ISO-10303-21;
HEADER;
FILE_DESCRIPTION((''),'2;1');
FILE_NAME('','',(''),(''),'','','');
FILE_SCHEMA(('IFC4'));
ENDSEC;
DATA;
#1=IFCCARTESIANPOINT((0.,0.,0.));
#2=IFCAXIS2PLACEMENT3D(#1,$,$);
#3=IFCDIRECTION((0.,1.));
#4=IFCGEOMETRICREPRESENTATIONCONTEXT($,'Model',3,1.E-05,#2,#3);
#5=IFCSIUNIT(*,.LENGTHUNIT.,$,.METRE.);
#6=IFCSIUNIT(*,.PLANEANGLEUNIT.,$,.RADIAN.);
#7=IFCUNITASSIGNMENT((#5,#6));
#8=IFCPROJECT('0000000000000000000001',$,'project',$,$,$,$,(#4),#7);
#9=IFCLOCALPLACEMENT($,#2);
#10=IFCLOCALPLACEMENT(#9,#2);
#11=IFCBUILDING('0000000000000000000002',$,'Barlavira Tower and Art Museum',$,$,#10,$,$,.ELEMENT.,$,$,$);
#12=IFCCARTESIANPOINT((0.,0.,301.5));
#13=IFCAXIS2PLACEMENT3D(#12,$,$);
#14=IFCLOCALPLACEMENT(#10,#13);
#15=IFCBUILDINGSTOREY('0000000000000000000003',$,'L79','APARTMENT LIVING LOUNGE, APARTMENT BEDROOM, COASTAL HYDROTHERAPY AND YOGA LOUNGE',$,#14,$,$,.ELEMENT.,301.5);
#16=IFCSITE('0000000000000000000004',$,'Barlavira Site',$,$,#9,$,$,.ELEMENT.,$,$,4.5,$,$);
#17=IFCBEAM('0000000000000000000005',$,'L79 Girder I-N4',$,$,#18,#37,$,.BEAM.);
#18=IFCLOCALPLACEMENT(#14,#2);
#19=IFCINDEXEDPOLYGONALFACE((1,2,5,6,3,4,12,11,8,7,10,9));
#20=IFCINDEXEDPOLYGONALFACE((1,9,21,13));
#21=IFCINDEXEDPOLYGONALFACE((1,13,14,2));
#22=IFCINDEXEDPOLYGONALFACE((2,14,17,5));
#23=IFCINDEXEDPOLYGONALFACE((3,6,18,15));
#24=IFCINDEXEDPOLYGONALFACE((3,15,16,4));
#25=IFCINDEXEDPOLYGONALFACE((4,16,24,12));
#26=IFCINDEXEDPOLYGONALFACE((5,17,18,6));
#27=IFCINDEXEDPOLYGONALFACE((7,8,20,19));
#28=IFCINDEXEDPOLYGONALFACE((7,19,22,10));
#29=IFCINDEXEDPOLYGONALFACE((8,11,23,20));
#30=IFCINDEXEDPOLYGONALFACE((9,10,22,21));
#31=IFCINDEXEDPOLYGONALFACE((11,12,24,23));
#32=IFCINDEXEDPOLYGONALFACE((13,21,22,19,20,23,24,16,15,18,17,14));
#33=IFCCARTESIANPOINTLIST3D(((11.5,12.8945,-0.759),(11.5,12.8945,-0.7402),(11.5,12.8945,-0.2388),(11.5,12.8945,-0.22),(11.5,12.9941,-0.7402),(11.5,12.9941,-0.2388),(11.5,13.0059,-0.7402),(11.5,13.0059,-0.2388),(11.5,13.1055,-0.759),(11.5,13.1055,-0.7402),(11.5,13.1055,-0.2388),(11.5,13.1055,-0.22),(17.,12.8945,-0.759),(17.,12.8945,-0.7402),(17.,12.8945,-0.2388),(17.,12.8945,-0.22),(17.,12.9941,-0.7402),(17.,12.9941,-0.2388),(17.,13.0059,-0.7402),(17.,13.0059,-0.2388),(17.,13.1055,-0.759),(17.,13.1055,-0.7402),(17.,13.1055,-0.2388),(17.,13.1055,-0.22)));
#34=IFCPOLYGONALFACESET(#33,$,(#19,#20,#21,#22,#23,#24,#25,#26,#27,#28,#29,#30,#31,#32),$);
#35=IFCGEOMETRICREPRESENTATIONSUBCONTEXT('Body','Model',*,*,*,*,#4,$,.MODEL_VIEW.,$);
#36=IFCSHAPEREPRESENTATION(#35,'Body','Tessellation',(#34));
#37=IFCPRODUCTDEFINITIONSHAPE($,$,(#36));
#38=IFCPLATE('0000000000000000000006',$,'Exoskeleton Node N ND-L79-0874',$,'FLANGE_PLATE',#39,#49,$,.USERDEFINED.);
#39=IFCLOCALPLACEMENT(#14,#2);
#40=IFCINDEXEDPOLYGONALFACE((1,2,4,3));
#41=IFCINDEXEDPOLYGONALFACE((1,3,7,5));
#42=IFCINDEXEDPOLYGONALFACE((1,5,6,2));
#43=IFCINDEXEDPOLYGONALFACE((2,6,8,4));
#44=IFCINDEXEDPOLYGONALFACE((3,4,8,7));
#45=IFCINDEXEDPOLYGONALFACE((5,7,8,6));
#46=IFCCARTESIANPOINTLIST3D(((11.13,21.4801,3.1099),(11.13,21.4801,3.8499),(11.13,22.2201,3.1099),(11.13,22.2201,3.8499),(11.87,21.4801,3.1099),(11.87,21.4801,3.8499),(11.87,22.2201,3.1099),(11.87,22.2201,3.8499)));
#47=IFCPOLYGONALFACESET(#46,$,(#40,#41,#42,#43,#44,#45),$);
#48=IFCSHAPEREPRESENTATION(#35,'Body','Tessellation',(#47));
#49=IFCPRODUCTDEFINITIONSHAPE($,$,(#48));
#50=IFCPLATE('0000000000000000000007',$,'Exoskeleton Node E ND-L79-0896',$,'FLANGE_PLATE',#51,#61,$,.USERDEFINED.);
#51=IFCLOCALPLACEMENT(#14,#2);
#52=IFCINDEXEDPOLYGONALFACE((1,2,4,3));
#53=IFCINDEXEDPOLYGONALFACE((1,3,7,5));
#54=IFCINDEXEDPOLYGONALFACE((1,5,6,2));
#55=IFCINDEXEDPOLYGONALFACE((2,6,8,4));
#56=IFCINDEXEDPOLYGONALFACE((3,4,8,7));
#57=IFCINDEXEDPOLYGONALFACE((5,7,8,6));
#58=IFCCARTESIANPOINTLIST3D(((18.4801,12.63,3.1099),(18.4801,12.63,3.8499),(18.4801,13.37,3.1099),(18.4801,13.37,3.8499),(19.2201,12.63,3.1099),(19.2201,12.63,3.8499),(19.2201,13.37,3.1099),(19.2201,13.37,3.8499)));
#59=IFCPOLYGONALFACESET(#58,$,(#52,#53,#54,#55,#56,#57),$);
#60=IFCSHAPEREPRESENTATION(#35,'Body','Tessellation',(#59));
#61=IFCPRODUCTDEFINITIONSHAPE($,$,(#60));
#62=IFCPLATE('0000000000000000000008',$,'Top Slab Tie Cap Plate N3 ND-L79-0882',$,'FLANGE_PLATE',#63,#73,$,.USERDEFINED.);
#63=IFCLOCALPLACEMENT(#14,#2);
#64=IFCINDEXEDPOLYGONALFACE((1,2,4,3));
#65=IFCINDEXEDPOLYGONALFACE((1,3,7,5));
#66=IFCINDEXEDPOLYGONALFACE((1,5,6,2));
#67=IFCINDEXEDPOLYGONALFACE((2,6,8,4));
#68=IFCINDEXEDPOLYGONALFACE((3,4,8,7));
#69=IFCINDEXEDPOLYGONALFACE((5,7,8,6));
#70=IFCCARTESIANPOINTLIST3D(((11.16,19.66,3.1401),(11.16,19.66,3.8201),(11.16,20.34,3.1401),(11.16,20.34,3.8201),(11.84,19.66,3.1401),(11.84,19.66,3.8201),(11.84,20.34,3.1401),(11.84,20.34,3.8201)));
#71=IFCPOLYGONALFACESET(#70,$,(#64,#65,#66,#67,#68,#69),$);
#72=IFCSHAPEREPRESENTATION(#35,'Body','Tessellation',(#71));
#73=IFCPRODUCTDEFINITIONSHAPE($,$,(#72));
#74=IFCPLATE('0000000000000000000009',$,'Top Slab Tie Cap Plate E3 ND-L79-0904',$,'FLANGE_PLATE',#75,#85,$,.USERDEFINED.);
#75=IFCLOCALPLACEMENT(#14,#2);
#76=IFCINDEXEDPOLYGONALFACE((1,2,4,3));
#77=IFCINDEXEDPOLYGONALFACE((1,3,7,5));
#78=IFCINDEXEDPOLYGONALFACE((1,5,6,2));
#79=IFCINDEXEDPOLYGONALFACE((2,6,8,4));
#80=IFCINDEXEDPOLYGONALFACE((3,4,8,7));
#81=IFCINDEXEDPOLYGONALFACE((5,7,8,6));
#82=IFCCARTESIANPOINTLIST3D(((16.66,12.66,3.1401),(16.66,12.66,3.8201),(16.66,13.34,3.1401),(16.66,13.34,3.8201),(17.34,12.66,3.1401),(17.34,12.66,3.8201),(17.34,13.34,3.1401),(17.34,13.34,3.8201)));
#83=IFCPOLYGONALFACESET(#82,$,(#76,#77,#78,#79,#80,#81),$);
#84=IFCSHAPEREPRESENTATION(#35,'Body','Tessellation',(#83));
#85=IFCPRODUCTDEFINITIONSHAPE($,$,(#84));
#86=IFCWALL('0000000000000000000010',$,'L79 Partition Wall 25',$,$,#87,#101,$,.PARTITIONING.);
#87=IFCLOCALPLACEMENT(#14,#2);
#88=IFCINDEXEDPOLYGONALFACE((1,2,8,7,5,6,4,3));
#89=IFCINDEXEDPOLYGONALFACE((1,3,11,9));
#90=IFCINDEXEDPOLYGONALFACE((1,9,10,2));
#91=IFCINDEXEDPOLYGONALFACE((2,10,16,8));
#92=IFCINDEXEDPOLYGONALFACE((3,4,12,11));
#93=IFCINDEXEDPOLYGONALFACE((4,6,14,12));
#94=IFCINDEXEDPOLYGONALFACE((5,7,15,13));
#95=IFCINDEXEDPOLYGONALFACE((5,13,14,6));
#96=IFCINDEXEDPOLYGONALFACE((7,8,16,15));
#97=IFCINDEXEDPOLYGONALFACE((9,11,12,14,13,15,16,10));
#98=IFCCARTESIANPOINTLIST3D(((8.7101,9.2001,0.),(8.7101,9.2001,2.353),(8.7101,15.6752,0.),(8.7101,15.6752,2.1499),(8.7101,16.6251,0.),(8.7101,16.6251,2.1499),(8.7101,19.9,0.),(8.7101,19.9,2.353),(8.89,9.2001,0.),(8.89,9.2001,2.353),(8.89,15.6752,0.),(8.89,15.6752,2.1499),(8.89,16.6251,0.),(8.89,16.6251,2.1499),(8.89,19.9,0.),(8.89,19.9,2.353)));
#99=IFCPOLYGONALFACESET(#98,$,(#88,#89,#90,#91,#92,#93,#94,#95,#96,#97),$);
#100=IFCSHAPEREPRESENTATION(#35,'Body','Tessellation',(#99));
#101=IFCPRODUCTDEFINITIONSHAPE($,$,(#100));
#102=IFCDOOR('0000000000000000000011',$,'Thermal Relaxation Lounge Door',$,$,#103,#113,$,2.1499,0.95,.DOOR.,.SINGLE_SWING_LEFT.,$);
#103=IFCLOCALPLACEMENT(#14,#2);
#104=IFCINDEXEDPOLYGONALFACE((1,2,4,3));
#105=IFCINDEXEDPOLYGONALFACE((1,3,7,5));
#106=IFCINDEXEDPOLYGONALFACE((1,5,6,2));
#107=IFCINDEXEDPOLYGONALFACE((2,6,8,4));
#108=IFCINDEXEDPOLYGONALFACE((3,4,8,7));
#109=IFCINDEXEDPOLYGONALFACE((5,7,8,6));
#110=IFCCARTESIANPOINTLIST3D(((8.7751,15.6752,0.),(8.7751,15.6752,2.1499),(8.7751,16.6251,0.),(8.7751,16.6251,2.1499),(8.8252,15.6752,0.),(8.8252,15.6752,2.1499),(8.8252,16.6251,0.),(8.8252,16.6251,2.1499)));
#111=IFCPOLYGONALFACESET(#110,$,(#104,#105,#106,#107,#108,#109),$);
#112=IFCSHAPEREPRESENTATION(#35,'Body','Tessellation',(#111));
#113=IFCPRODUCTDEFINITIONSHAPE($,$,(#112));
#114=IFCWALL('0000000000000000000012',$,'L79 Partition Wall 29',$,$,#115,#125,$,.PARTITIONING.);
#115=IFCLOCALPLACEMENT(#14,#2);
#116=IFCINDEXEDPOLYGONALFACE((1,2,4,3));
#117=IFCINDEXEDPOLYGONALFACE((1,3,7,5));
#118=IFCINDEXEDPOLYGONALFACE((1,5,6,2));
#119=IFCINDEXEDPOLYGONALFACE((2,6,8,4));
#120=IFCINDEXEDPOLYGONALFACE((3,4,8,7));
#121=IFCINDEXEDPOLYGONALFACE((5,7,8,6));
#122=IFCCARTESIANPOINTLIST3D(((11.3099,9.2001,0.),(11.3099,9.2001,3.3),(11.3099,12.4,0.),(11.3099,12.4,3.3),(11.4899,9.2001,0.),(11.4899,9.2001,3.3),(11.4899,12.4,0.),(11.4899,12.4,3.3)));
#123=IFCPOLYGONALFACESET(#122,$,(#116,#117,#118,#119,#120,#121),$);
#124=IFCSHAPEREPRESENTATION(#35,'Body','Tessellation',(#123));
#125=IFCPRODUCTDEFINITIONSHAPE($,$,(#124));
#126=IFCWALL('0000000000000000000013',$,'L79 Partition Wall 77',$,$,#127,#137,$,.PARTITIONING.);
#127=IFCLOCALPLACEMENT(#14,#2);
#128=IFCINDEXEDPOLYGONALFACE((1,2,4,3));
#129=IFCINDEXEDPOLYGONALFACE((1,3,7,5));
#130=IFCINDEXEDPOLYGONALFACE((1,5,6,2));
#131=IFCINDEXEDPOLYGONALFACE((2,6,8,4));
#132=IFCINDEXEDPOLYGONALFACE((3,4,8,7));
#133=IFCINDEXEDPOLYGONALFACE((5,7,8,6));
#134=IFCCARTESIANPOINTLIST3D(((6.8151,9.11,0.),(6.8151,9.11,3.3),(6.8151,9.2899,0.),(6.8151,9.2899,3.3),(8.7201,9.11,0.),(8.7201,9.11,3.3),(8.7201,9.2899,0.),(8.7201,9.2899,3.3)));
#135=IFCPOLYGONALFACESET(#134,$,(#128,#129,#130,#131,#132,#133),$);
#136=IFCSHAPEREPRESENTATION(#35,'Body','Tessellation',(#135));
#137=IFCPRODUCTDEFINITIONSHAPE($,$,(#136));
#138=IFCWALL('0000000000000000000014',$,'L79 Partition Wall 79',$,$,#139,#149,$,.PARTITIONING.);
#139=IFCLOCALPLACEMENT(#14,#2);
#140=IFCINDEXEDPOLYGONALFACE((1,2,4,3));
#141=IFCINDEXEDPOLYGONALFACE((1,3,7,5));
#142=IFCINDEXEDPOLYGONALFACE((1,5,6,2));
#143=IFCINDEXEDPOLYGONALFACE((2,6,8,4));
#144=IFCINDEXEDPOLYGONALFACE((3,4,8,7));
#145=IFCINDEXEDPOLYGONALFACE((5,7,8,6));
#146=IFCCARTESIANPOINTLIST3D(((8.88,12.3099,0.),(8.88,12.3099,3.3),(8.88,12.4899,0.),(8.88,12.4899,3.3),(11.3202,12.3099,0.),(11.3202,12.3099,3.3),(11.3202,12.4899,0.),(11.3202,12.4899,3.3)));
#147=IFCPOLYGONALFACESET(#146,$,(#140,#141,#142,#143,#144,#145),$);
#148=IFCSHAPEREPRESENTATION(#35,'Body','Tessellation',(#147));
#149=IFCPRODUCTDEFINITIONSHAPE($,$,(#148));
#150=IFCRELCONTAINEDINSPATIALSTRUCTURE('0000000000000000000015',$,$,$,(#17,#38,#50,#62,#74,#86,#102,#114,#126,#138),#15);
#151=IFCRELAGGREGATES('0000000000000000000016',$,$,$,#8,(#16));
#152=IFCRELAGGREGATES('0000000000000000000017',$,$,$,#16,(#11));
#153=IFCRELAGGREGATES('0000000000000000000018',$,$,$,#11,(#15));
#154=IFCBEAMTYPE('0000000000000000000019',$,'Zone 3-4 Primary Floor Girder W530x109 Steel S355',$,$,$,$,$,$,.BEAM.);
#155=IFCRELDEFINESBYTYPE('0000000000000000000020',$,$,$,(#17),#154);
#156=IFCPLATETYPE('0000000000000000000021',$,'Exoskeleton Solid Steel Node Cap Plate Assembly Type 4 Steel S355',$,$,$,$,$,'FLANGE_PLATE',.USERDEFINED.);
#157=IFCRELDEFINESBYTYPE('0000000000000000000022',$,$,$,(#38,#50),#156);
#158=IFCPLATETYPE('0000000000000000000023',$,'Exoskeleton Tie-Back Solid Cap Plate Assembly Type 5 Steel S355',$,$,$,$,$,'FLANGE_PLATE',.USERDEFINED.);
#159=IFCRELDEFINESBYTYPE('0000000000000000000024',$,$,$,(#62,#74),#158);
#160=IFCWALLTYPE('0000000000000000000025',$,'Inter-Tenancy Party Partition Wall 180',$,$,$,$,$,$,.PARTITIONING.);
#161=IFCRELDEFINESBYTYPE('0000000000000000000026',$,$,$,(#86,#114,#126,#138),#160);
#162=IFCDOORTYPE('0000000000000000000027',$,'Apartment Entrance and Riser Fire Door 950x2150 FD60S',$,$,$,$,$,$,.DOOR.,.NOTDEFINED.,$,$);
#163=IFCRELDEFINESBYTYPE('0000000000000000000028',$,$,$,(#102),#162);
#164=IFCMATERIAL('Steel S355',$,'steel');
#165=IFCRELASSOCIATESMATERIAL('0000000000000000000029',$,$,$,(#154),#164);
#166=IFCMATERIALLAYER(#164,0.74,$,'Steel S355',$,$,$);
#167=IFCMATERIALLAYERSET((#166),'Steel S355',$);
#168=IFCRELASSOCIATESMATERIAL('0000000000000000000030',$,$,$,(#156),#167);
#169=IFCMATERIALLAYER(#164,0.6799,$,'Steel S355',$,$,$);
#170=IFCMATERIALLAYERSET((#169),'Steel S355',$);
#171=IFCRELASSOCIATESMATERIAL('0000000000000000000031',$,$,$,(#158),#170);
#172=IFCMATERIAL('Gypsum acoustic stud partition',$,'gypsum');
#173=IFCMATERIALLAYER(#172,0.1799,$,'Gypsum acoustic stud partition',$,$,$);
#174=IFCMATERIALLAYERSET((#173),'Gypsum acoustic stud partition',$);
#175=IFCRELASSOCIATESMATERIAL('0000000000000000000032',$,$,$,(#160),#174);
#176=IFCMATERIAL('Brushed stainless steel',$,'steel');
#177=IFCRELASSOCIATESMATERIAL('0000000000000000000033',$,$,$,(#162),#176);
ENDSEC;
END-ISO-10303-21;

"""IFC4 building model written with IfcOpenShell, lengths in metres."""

from ifc_helpers import new_model, si_unit, direction, frame, frame_2d, origin, origin_2d, place, context, subcontext, project, spatial, rectangle, i_section, extrude, material, layer, layer_set, material_profile, profile_set, type_object, element, fill, save


model = new_model("IFC4")

# Units and contexts
model_context = context("Model", 3, precision=1e-05, world=origin(), true_north=direction((0.0, 1.0)))
body_context = subcontext(model_context, "Body", "Model", "MODEL_VIEW")
ifc_project = project(units=[si_unit("LENGTHUNIT", "METRE"), si_unit("PLANEANGLEUNIT", "RADIAN")], contexts=[model_context])

# Site, building, storey
site_placement = place(None, origin())
site = spatial("IfcSite", under=ifc_project, at=site_placement, Name="Barlavira Site", CompositionType="ELEMENT", RefElevation=4.5)
building_placement = place(site_placement, origin())
building = spatial("IfcBuilding", under=site, at=building_placement, Name="Barlavira Tower and Art Museum", CompositionType="ELEMENT")
storey_placement = place(building_placement, frame((0.0, 0.0, 301.5)))
storey = spatial("IfcBuildingStorey", under=building, at=storey_placement, Name="L79", Description="APARTMENT LIVING LOUNGE, APARTMENT BEDROOM, COASTAL HYDROTHERAPY AND YOGA LOUNGE", CompositionType="ELEMENT", Elevation=301.5)

# Shared definitions
ifc_material_1 = material(Name="Steel S355", Category="steel")

# Beam
ifc_material_profile_1 = material_profile(ifc_material_1, i_section(OverallWidth=0.2109, OverallDepth=0.5391, WebThickness=0.0117, FlangeThickness=0.0188, at=origin_2d()), Name="W530x109.0")
ifc_profile_set_1 = profile_set([ifc_material_profile_1], Name="Steel S355")
beam_type_1 = type_object("IfcBeamType", Name="Zone 3-4 Primary Floor Girder W530x109 Steel S355", PredefinedType="BEAM", material=ifc_profile_set_1)
beam_1_placement = place(storey_placement, frame((11.5, 13.0, -0.4895), z_axis=(1.0, 0.0, 0.0), x_axis=(0.0, 1.0, 0.0)))
element("IfcBeam", 1, at=beam_1_placement, inside=storey, type_object=beam_type_1, Name="L79 Girder I-N4", PredefinedType="BEAM", context=body_context, shape_type="SweptSolid", body=[
    extrude(i_section(OverallWidth=0.2109, OverallDepth=0.5391, WebThickness=0.0117, FlangeThickness=0.0188, at=origin_2d()), origin(), (0.0, 0.0, 1.0), 5.5),
])

# Plates
ifc_layer_1 = layer(ifc_material_1, 0.74, Name="Steel S355")
ifc_layer_set_1 = layer_set([ifc_layer_1], Name="Steel S355")
plate_type_1 = type_object("IfcPlateType", Name="Exoskeleton Solid Steel Node Cap Plate Assembly Type 4 Steel S355", ElementType="FLANGE_PLATE", PredefinedType="USERDEFINED", material=ifc_layer_set_1)
for number, where, z_axis, x_axis, name in (
    (2, (11.5, 21.8501, 3.1099), (0.0, 0.0, 1.0), (1.0, 0.0, 0.0), "Exoskeleton Node N ND-L79-0874"),
    (3, (18.8501, 13.0, 3.1099), (0.0, 0.0, 1.0), (1.0, 0.0, 0.0), "Exoskeleton Node E ND-L79-0896"),
):
    element("IfcPlate", number, at=place(storey_placement, frame(where, z_axis=z_axis, x_axis=x_axis)), inside=storey, type_object=plate_type_1, Name=name, ObjectType="FLANGE_PLATE", PredefinedType="USERDEFINED", context=body_context, shape_type="SweptSolid", body=[
        extrude(rectangle(XDim=0.74, YDim=0.74, at=origin_2d()), origin(), (0.0, 0.0, 1.0), 0.74),
    ])
ifc_layer_2 = layer(ifc_material_1, 0.6799, Name="Steel S355")
ifc_layer_set_2 = layer_set([ifc_layer_2], Name="Steel S355")
plate_type_2 = type_object("IfcPlateType", Name="Exoskeleton Tie-Back Solid Cap Plate Assembly Type 5 Steel S355", ElementType="FLANGE_PLATE", PredefinedType="USERDEFINED", material=ifc_layer_set_2)
for number, where, z_axis, x_axis, name in (
    (4, (11.5, 20.0, 3.1401), (0.0, 0.0, 1.0), (1.0, 0.0, 0.0), "Top Slab Tie Cap Plate N3 ND-L79-0882"),
    (5, (17.0, 13.0, 3.1401), (0.0, 0.0, 1.0), (1.0, 0.0, 0.0), "Top Slab Tie Cap Plate E3 ND-L79-0904"),
):
    element("IfcPlate", number, at=place(storey_placement, frame(where, z_axis=z_axis, x_axis=x_axis)), inside=storey, type_object=plate_type_2, Name=name, ObjectType="FLANGE_PLATE", PredefinedType="USERDEFINED", context=body_context, shape_type="SweptSolid", body=[
        extrude(rectangle(XDim=0.6799, YDim=0.6799, at=origin_2d()), origin(), (0.0, 0.0, 1.0), 0.6799),
    ])

# Wall, opening, door
ifc_material_2 = material(Name="Gypsum acoustic stud partition", Category="gypsum")
ifc_layer_3 = layer(ifc_material_2, 0.1799, Name="Gypsum acoustic stud partition")
ifc_layer_set_3 = layer_set([ifc_layer_3], Name="Gypsum acoustic stud partition")
wall_type_1 = type_object("IfcWallType", Name="Inter-Tenancy Party Partition Wall 180", PredefinedType="PARTITIONING", material=ifc_layer_set_3)
wall_1_placement = place(storey_placement, frame((8.8, 9.2, 0.0), z_axis=(0.0, 0.0, 1.0), x_axis=(0.0, 1.0, 0.0)))
wall_1 = element("IfcWall", 6, at=wall_1_placement, inside=storey, type_object=wall_type_1, Name="L79 Partition Wall 25", PredefinedType="PARTITIONING", context=body_context, shape_type="SweptSolid", body=[
    extrude(rectangle(XDim=10.7, YDim=0.1799, at=frame_2d((5.3501, 0.0))), origin(), (0.0, 0.0, 1.0), 2.353),
])
opening_1_placement = place(wall_1_placement, frame((6.4751, 0.0, 0.0)))
opening_1 = element("IfcOpeningElement", 7, at=opening_1_placement, cuts=wall_1, PredefinedType="OPENING", context=body_context, shape_type="SweptSolid", body=[
    extrude(rectangle(XDim=0.95, YDim=2.1499, at=frame_2d((0.4751, 1.075))), frame((0.0, 0.1001, 0.0), z_axis=(0.0, -1.0, 0.0), x_axis=(1.0, 0.0, 0.0)), (0.0, 0.0, 1.0), 0.2),
])
ifc_material_3 = material(Name="Brushed stainless steel", Category="steel")
door_type = type_object("IfcDoorType", Name="Apartment Entrance and Riser Fire Door 950x2150 FD60S", OperationType="NOTDEFINED", PredefinedType="DOOR", material=ifc_material_3)
door_1_placement = place(opening_1_placement, origin())
door_1 = element("IfcDoor", 8, at=door_1_placement, inside=storey, type_object=door_type, Name="Thermal Relaxation Lounge Door", OperationType="SINGLE_SWING_LEFT", OverallHeight=2.1499, OverallWidth=0.95, PredefinedType="DOOR", context=body_context, shape_type="SweptSolid", body=[
    extrude(rectangle(XDim=0.95, YDim=2.1499, at=frame_2d((0.4751, 1.075))), frame((0.0, 0.0249, 0.0), z_axis=(0.0, -1.0, 0.0), x_axis=(1.0, 0.0, 0.0)), (0.0, 0.0, 1.0), 0.05),
])
fill(opening_1, door_1)

# Walls
wall_2_placement = place(storey_placement, frame((11.3999, 9.2, 0.0), z_axis=(0.0, 0.0, 1.0), x_axis=(0.0, 1.0, 0.0)))
element("IfcWall", 9, at=wall_2_placement, inside=storey, type_object=wall_type_1, Name="L79 Partition Wall 29", PredefinedType="PARTITIONING", context=body_context, shape_type="SweptSolid", body=[
    extrude(rectangle(XDim=3.2, YDim=0.1799, at=frame_2d((1.6001, 0.0))), origin(), (0.0, 0.0, 1.0), 3.3),
])
wall_3_placement = place(storey_placement, frame((6.8149, 9.2, 0.0), z_axis=(0.0, 0.0, 1.0), x_axis=(1.0, 0.0, 0.0)))
element("IfcWall", 10, at=wall_3_placement, inside=storey, type_object=wall_type_1, Name="L79 Partition Wall 77", PredefinedType="PARTITIONING", context=body_context, shape_type="SweptSolid", body=[
    extrude(rectangle(XDim=1.905, YDim=0.1799, at=frame_2d((0.9526, 0.0))), origin(), (0.0, 0.0, 1.0), 3.3),
])

# Wall
wall_4_placement = place(storey_placement, frame((8.8799, 12.3999, 0.0), z_axis=(0.0, 0.0, 1.0), x_axis=(1.0, 0.0, 0.0)))
element("IfcWall", 11, at=wall_4_placement, inside=storey, type_object=wall_type_1, Name="L79 Partition Wall 79", PredefinedType="PARTITIONING", context=body_context, shape_type="SweptSolid", body=[
    extrude(rectangle(XDim=2.4402, YDim=0.1799, at=frame_2d((1.2202, 0.0))), origin(), (0.0, 0.0, 1.0), 3.3),
])

save(model, "model.ifc")
